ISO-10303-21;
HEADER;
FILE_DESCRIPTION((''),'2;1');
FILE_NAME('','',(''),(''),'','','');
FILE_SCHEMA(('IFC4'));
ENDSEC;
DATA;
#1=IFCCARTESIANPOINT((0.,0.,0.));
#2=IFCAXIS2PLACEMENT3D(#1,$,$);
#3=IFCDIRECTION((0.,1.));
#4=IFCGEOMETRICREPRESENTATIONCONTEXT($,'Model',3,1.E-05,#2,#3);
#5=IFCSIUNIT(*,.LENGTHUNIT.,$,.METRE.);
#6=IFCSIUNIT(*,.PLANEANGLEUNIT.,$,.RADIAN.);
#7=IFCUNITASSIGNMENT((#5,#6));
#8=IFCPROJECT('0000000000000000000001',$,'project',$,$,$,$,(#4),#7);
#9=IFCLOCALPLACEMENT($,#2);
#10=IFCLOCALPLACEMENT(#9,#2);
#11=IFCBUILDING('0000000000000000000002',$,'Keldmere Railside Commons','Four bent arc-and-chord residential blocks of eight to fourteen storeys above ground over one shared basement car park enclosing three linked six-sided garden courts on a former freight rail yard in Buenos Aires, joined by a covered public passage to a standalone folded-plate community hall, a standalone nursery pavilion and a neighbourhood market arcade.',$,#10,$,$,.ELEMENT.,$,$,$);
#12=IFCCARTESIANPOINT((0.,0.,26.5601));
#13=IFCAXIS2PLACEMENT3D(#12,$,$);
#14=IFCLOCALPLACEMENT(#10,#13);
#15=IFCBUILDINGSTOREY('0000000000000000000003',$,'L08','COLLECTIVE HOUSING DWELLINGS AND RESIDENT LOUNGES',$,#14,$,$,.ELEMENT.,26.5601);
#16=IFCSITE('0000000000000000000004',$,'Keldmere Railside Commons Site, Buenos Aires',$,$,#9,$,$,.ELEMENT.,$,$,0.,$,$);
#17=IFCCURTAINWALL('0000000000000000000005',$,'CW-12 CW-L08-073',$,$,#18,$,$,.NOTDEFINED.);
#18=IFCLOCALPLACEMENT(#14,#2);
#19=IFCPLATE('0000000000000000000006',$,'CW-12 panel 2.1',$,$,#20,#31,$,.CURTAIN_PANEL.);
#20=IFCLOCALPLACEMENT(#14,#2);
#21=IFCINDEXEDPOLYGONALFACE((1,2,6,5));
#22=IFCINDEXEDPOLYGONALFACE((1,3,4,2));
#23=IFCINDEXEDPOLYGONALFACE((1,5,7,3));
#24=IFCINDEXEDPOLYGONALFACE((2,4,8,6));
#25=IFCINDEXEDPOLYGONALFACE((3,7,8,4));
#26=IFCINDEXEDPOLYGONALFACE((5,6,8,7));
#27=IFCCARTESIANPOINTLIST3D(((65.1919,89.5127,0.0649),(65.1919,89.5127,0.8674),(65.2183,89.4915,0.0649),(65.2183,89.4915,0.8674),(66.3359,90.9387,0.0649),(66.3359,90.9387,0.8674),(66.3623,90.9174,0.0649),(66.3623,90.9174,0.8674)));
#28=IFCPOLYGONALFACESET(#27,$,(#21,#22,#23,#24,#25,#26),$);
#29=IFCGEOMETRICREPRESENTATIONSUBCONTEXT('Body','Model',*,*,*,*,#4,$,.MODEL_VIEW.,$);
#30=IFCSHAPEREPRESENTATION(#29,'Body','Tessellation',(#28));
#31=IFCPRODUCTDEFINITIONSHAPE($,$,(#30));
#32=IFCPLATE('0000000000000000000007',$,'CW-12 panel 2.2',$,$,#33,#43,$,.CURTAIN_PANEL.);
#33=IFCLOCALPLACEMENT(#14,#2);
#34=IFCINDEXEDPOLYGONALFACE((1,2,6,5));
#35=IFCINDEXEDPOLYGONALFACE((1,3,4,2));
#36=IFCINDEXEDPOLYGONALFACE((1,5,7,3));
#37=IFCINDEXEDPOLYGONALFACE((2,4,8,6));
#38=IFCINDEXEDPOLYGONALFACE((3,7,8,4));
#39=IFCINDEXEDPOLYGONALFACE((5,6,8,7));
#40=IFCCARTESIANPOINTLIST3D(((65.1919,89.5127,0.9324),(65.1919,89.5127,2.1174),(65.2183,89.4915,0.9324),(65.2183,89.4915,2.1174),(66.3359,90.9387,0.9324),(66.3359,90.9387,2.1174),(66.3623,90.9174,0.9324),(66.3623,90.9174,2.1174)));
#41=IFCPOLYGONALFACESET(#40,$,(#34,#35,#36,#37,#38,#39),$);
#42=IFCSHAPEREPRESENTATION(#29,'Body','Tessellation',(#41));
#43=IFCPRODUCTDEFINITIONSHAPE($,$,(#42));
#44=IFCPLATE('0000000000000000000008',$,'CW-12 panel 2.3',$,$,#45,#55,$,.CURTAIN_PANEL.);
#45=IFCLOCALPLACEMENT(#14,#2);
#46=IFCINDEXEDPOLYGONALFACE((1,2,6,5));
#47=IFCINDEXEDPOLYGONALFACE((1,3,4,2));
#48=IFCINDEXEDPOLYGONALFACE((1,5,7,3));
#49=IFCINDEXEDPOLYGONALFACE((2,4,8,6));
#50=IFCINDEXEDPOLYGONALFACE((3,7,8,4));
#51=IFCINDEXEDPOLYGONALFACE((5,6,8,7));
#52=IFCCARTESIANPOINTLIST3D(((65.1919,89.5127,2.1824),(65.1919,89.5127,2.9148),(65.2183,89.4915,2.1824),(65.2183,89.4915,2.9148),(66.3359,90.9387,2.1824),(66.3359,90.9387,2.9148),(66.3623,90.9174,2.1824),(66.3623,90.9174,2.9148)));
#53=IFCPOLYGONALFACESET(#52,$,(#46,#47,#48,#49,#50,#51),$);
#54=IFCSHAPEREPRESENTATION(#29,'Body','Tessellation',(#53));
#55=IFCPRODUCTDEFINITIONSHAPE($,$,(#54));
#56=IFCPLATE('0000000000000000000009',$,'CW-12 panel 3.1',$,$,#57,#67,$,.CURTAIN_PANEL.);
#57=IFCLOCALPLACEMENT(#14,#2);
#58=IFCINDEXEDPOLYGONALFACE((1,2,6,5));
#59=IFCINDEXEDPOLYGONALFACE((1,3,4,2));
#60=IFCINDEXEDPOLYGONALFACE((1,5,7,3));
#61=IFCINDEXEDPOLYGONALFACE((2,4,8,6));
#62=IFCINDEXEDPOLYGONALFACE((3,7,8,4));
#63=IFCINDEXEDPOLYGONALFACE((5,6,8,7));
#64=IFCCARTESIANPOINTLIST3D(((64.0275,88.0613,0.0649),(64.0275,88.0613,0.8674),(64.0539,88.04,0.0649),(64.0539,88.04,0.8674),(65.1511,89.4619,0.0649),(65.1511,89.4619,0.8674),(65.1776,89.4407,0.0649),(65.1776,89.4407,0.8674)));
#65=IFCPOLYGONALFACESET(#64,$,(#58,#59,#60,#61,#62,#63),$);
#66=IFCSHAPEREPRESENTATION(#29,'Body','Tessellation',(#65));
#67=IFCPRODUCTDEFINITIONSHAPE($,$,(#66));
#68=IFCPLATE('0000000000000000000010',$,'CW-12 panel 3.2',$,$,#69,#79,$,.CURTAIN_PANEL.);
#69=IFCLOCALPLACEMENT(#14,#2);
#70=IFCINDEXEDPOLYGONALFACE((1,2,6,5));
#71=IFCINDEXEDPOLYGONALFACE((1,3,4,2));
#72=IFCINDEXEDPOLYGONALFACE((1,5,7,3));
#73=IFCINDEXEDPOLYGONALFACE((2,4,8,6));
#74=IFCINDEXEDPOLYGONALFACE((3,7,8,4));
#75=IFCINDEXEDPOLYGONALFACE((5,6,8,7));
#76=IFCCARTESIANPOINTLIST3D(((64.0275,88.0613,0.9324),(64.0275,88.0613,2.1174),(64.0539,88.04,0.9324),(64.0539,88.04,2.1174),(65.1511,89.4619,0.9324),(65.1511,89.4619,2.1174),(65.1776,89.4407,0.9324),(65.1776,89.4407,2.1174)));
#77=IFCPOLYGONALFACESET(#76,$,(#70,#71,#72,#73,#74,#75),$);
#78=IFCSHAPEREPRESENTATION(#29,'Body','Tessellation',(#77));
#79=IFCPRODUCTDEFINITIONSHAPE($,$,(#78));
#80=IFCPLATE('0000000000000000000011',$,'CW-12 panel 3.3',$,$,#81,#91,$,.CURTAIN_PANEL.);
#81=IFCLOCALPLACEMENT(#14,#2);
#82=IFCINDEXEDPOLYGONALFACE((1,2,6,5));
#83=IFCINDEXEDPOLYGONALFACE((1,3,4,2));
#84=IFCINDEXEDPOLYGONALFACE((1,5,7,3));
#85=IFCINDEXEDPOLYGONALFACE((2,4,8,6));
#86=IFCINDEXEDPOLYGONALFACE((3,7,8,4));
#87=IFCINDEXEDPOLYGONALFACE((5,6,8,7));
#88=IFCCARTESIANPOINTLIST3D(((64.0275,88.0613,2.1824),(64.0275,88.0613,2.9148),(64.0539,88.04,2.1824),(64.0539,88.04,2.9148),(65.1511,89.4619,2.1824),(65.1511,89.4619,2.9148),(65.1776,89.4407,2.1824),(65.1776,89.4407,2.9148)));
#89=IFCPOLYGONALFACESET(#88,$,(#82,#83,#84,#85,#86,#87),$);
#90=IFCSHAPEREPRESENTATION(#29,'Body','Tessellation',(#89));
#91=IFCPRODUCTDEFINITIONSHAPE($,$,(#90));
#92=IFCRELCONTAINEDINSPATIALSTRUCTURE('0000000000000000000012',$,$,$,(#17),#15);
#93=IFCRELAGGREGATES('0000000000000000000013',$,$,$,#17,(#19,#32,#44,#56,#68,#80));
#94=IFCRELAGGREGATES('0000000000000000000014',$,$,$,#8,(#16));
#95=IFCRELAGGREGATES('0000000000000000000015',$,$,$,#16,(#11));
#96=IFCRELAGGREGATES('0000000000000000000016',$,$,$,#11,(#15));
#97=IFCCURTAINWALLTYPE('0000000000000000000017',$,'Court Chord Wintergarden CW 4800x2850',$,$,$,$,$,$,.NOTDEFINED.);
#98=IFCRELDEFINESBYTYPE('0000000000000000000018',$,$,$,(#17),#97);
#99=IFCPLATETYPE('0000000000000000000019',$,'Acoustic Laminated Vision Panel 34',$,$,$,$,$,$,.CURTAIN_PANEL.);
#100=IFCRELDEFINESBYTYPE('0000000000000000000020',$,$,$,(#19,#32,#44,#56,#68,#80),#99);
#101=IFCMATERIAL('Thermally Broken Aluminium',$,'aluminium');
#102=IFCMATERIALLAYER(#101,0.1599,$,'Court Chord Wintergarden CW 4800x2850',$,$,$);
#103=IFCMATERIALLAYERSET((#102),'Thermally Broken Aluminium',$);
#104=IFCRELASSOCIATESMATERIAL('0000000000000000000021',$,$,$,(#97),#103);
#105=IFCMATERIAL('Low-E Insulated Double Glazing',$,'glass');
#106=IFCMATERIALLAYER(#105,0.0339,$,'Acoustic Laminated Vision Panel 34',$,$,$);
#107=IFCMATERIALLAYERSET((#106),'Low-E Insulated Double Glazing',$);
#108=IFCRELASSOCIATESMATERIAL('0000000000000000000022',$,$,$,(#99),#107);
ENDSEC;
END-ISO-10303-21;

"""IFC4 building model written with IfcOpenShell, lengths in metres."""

from ifc_helpers import new_model, si_unit, direction, frame, origin, origin_2d, place, context, subcontext, project, spatial, rectangle, extrude, material, layer, layer_set, type_object, element, aggregate, save


model = new_model("IFC4")

# Units and contexts
model_context = context("Model", 3, precision=1e-05, world=origin(), true_north=direction((0.0, 1.0)))
body_context = subcontext(model_context, "Body", "Model", "MODEL_VIEW")
ifc_project = project(units=[si_unit("LENGTHUNIT", "METRE"), si_unit("PLANEANGLEUNIT", "RADIAN")], contexts=[model_context])

# Site, building, storey
site_placement = place(None, origin())
site = spatial("IfcSite", under=ifc_project, at=site_placement, Name="Keldmere Railside Commons Site, Buenos Aires", CompositionType="ELEMENT", RefElevation=0.0)
building_placement = place(site_placement, origin())
building = spatial("IfcBuilding", under=site, at=building_placement, Name="Keldmere Railside Commons", Description="Four bent arc-and-chord residential blocks of eight to fourteen storeys above ground over one shared basement car park enclosing three linked six-sided garden courts on a former freight rail yard in Buenos Aires, joined by a covered public passage to a standalone folded-plate community hall, a standalone nursery pavilion and a neighbourhood market arcade.", CompositionType="ELEMENT")
storey_placement = place(building_placement, frame((0.0, 0.0, 26.5601)))
storey = spatial("IfcBuildingStorey", under=building, at=storey_placement, Name="L08", Description="COLLECTIVE HOUSING DWELLINGS AND RESIDENT LOUNGES", CompositionType="ELEMENT", Elevation=26.5601)

# Curtain wall, plates
ifc_material_1 = material(Name="Thermally Broken Aluminium", Category="aluminium")
ifc_layer_1 = layer(ifc_material_1, 0.1599, Name="Court Chord Wintergarden CW 4800x2850")
ifc_layer_set_1 = layer_set([ifc_layer_1], Name="Thermally Broken Aluminium")
curtain_wall_type = type_object("IfcCurtainWallType", Name="Court Chord Wintergarden CW 4800x2850", PredefinedType="NOTDEFINED", material=ifc_layer_set_1)
curtain_wall_placement = place(storey_placement, origin())
curtain_wall = element("IfcCurtainWall", 1, at=curtain_wall_placement, inside=storey, type_object=curtain_wall_type, Name="CW-12 CW-L08-073", PredefinedType="NOTDEFINED")
ifc_material_2 = material(Name="Low-E Insulated Double Glazing", Category="glass")
ifc_layer_2 = layer(ifc_material_2, 0.0339, Name="Acoustic Laminated Vision Panel 34")
ifc_layer_set_2 = layer_set([ifc_layer_2], Name="Low-E Insulated Double Glazing")
plate_type = type_object("IfcPlateType", Name="Acoustic Laminated Vision Panel 34", PredefinedType="CURTAIN_PANEL", material=ifc_layer_set_2)
plate_1_placement = place(storey_placement, frame((65.7771, 90.2151, 0.0649), z_axis=(0.0, 0.0, 1.0), x_axis=(-0.625768, -0.780009, 0.0)))
plate_1 = element("IfcPlate", 2, at=plate_1_placement, type_object=plate_type, Name="CW-12 panel 2.1", PredefinedType="CURTAIN_PANEL", context=body_context, shape_type="SweptSolid", body=[
    extrude(rectangle(XDim=1.8281, YDim=0.0339, at=origin_2d()), origin(), (0.0, 0.0, 1.0), 0.8025),
])
plate_2_placement = place(storey_placement, frame((65.7771, 90.2151, 0.9324), z_axis=(0.0, 0.0, 1.0), x_axis=(-0.625768, -0.780009, 0.0)))
plate_2 = element("IfcPlate", 3, at=plate_2_placement, type_object=plate_type, Name="CW-12 panel 2.2", PredefinedType="CURTAIN_PANEL", context=body_context, shape_type="SweptSolid", body=[
    extrude(rectangle(XDim=1.8281, YDim=0.0339, at=origin_2d()), origin(), (0.0, 0.0, 1.0), 1.1851),
])
plate_3_placement = place(storey_placement, frame((65.7771, 90.2151, 2.1824), z_axis=(0.0, 0.0, 1.0), x_axis=(-0.625768, -0.780009, 0.0)))
plate_3 = element("IfcPlate", 4, at=plate_3_placement, type_object=plate_type, Name="CW-12 panel 2.3", PredefinedType="CURTAIN_PANEL", context=body_context, shape_type="SweptSolid", body=[
    extrude(rectangle(XDim=1.8281, YDim=0.0339, at=origin_2d()), origin(), (0.0, 0.0, 1.0), 0.7324),
])
plate_4_placement = place(storey_placement, frame((64.6025, 88.751, 0.0649), z_axis=(0.0, 0.0, 1.0), x_axis=(-0.625768, -0.780009, 0.0)))
plate_4 = element("IfcPlate", 5, at=plate_4_placement, type_object=plate_type, Name="CW-12 panel 3.1", PredefinedType="CURTAIN_PANEL", context=body_context, shape_type="SweptSolid", body=[
    extrude(rectangle(XDim=1.7957, YDim=0.0339, at=origin_2d()), origin(), (0.0, 0.0, 1.0), 0.8025),
])
plate_5_placement = place(storey_placement, frame((64.6025, 88.751, 0.9324), z_axis=(0.0, 0.0, 1.0), x_axis=(-0.625768, -0.780009, 0.0)))
plate_5 = element("IfcPlate", 6, at=plate_5_placement, type_object=plate_type, Name="CW-12 panel 3.2", PredefinedType="CURTAIN_PANEL", context=body_context, shape_type="SweptSolid", body=[
    extrude(rectangle(XDim=1.7957, YDim=0.0339, at=origin_2d()), origin(), (0.0, 0.0, 1.0), 1.1851),
])
plate_6_placement = place(storey_placement, frame((64.6025, 88.751, 2.1824), z_axis=(0.0, 0.0, 1.0), x_axis=(-0.625768, -0.780009, 0.0)))
plate_6 = element("IfcPlate", 7, at=plate_6_placement, type_object=plate_type, Name="CW-12 panel 3.3", PredefinedType="CURTAIN_PANEL", context=body_context, shape_type="SweptSolid", body=[
    extrude(rectangle(XDim=1.7957, YDim=0.0339, at=origin_2d()), origin(), (0.0, 0.0, 1.0), 0.7324),
])
aggregate(curtain_wall, [plate_1, plate_2, plate_3, plate_4, plate_5, plate_6])

save(model, "model.ifc")
